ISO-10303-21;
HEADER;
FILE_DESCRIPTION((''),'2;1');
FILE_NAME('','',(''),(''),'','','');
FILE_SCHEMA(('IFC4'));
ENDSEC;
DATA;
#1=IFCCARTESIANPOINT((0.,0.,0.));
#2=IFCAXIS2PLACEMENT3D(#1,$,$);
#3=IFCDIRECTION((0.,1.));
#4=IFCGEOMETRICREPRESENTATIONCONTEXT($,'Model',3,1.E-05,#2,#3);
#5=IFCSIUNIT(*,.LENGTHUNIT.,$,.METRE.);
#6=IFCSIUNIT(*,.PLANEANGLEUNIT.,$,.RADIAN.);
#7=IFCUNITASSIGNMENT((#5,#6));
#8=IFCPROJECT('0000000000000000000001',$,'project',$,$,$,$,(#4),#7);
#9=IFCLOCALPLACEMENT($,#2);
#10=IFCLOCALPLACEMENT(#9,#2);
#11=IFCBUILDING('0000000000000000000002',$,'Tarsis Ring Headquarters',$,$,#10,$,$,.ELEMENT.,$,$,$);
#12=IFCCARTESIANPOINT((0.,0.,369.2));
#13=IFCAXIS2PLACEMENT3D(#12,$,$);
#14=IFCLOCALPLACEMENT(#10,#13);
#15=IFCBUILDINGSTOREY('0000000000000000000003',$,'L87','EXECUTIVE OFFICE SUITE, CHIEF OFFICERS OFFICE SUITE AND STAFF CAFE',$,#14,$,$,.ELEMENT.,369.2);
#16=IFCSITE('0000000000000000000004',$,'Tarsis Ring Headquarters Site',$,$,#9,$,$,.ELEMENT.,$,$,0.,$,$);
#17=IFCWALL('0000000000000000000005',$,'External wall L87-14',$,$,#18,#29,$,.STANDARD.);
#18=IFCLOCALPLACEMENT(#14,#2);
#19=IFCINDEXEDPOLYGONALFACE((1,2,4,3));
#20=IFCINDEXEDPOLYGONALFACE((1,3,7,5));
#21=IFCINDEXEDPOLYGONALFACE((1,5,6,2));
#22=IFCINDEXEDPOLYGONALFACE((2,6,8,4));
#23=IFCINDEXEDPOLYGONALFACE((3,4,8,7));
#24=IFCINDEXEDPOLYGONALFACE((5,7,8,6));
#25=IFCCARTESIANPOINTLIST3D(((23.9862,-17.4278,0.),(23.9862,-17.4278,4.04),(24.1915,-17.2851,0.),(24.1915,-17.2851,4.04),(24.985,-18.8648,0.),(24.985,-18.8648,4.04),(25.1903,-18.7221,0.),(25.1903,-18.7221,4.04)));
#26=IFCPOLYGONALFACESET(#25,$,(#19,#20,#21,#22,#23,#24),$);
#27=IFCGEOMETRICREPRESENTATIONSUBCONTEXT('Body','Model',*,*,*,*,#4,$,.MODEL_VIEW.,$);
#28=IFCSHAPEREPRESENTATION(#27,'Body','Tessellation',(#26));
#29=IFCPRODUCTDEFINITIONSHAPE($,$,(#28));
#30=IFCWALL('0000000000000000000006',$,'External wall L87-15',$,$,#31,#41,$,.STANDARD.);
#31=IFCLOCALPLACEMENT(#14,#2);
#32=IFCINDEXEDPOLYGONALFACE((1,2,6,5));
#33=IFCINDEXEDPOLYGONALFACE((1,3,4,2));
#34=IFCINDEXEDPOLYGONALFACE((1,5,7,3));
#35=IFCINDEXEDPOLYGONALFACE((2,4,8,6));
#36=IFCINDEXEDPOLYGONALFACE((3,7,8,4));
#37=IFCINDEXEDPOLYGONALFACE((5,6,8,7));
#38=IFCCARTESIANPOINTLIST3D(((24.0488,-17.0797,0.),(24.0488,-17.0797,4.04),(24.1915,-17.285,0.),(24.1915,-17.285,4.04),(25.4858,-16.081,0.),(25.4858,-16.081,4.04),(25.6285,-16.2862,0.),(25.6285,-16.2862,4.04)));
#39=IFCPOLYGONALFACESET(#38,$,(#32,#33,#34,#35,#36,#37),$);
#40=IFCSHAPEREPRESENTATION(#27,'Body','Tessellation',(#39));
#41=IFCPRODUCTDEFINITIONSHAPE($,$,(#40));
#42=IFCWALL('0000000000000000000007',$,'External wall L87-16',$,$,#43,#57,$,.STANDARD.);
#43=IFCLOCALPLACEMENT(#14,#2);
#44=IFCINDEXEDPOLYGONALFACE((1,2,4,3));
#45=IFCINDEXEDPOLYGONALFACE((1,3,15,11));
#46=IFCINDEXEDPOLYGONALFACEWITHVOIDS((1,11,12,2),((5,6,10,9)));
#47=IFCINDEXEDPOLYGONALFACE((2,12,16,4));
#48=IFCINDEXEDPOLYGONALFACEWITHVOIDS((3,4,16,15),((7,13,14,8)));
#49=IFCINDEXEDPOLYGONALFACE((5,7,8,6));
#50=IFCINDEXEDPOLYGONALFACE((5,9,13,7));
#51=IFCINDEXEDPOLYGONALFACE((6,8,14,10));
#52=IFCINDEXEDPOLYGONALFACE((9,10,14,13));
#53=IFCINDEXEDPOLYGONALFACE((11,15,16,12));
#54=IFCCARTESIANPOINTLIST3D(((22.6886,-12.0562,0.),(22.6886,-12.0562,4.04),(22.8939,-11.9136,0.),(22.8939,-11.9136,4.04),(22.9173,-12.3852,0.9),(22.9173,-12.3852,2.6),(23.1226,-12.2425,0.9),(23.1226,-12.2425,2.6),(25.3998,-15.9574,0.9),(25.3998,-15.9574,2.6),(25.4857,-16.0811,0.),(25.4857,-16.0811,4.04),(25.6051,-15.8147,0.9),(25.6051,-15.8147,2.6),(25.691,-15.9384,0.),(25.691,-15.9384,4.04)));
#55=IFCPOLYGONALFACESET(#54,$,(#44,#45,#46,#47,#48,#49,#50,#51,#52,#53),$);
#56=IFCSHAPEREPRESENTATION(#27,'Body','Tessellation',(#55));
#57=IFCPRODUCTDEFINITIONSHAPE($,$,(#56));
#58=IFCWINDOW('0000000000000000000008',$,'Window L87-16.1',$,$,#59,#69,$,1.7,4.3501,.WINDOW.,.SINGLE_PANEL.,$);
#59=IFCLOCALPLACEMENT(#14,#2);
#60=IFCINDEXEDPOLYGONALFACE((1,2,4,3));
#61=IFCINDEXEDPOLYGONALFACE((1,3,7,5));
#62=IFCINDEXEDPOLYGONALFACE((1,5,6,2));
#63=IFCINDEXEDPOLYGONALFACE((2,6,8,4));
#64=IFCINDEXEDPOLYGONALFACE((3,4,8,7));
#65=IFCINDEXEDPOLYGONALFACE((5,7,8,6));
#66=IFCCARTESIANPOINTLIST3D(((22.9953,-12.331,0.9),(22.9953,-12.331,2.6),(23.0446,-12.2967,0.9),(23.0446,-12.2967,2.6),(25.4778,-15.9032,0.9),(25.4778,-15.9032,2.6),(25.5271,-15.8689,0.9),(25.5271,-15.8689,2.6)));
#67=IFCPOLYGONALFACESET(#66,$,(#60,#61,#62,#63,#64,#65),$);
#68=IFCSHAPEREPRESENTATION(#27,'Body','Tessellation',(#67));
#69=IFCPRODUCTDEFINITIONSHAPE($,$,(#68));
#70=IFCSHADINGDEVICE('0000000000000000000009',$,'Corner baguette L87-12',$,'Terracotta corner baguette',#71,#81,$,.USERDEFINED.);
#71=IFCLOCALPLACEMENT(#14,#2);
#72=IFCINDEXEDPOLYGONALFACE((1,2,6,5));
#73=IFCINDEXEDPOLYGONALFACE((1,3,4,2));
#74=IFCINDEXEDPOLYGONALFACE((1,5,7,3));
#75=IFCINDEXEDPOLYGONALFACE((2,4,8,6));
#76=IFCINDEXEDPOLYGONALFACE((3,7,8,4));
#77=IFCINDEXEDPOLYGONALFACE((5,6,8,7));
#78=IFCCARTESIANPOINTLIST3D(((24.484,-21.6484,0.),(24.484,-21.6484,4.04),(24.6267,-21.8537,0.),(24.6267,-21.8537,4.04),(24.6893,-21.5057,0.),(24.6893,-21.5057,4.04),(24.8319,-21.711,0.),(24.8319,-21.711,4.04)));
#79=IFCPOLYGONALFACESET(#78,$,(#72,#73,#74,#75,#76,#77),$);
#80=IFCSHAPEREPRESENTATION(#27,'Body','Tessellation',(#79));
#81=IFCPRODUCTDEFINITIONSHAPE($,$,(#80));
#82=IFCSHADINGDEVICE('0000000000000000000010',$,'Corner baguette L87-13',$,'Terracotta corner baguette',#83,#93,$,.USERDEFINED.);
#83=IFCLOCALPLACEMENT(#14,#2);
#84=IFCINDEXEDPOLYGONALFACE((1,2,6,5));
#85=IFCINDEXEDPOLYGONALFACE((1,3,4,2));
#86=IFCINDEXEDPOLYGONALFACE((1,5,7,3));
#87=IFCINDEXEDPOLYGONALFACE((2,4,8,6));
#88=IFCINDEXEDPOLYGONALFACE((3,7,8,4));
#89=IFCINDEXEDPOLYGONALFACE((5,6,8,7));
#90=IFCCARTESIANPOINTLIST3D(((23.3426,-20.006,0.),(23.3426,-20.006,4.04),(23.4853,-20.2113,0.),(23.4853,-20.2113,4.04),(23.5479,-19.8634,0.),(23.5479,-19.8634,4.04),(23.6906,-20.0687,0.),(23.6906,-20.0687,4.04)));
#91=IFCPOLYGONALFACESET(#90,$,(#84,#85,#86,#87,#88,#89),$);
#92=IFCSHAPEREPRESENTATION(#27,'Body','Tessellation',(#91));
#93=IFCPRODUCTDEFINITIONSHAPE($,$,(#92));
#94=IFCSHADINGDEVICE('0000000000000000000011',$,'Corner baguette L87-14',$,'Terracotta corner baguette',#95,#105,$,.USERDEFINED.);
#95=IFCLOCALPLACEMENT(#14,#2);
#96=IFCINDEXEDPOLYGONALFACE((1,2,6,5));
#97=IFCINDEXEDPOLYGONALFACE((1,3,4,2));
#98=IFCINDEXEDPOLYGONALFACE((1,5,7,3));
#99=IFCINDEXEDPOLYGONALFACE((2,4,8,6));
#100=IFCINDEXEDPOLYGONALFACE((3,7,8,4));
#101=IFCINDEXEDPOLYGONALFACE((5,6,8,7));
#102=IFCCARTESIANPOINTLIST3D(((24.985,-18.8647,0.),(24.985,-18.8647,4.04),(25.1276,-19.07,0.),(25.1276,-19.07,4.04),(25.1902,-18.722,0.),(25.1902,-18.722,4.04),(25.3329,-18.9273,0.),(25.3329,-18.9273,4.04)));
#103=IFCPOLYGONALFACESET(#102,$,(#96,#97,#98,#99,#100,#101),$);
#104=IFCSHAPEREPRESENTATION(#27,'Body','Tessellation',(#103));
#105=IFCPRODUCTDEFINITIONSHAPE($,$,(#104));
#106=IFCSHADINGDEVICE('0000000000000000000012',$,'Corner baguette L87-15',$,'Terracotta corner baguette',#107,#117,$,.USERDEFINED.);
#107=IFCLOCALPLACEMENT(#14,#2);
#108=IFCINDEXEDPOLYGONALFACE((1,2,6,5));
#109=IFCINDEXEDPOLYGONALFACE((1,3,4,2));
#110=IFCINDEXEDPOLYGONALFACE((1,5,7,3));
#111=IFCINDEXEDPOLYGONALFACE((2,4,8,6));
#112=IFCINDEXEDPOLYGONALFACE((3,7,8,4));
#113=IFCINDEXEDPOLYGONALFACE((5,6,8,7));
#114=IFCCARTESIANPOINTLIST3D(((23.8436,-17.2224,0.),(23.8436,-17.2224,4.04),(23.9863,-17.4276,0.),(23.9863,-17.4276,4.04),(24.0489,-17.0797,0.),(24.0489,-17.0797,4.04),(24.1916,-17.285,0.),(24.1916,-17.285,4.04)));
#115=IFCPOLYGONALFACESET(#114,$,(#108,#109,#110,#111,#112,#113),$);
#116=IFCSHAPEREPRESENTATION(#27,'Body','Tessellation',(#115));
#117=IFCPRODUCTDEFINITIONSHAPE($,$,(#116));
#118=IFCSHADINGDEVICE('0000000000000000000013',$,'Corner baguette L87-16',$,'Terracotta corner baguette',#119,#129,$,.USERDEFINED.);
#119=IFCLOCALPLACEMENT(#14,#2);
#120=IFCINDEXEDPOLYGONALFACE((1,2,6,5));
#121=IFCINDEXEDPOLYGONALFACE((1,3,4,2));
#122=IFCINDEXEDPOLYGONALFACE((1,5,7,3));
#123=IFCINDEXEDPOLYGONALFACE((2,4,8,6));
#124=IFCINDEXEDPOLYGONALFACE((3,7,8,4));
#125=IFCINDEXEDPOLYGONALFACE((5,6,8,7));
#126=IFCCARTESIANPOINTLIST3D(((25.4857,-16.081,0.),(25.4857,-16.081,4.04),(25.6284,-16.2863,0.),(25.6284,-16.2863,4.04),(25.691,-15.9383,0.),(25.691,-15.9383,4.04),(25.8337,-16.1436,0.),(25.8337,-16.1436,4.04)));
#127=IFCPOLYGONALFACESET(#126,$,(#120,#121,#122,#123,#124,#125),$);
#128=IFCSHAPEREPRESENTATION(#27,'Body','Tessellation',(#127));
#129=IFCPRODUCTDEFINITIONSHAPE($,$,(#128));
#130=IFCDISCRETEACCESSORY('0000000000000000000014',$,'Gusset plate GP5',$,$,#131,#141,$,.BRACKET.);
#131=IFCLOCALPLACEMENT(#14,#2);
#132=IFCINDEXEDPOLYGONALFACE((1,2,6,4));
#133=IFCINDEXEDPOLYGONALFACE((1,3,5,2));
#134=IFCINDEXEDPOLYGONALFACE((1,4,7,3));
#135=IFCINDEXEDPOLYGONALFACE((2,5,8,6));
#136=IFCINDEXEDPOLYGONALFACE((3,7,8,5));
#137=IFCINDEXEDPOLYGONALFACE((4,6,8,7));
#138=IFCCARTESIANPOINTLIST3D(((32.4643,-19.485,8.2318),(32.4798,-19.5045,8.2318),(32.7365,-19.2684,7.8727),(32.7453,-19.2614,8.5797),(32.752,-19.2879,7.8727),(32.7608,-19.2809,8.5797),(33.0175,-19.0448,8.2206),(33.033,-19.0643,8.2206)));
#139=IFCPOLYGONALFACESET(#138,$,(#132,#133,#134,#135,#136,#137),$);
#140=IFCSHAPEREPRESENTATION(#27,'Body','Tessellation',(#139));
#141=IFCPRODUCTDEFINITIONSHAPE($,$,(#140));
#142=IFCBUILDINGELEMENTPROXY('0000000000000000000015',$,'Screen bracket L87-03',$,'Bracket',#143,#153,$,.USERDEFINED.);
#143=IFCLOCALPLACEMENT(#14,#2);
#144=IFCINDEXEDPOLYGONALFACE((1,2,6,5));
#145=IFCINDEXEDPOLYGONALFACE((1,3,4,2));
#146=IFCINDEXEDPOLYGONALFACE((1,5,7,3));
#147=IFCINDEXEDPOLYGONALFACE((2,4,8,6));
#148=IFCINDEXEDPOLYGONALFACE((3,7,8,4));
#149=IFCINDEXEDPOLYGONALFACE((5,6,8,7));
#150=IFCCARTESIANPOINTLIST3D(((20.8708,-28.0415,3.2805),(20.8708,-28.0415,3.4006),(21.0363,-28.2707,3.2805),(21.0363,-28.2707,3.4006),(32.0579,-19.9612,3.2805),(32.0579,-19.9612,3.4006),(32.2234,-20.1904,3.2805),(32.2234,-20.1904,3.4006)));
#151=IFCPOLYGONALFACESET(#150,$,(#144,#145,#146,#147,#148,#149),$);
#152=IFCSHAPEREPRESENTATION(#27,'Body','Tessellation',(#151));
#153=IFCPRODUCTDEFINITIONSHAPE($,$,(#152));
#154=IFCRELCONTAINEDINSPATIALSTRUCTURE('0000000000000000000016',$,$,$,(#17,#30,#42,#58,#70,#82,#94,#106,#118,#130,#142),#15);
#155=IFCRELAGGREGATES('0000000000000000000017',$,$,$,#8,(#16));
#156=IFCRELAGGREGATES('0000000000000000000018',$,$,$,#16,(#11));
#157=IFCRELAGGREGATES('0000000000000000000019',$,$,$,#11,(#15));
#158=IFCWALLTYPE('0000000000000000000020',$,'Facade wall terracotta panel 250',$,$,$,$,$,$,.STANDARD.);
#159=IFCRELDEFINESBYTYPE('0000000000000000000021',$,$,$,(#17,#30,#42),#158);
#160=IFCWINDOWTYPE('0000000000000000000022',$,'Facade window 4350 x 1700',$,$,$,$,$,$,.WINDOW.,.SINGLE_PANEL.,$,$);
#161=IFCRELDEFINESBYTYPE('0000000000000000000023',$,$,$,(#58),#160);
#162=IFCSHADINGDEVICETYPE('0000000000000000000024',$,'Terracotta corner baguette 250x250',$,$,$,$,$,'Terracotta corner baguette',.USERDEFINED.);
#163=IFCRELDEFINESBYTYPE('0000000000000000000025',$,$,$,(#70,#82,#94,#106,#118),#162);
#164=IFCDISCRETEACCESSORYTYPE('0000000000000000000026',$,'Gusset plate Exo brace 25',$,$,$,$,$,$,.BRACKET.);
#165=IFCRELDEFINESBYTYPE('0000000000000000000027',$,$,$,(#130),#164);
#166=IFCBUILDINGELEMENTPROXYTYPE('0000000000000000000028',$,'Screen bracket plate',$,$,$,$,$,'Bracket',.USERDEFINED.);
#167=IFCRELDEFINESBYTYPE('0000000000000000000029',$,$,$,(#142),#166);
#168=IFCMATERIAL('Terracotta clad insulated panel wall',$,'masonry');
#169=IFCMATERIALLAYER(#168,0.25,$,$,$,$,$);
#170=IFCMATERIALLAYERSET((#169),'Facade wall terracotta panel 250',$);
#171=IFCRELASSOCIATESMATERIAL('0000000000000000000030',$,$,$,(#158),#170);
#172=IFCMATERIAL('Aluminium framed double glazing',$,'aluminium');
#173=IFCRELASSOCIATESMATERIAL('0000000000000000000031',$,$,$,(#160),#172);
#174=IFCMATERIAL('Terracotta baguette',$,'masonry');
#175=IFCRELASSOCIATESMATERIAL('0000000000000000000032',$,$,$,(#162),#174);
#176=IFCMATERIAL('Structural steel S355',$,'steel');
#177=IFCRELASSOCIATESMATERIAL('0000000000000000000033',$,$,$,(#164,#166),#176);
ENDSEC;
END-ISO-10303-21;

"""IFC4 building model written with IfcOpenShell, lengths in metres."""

from ifc_helpers import new_model, si_unit, direction, frame, frame_2d, origin, origin_2d, place, context, subcontext, project, spatial, rectangle, extrude, material, layer, layer_set, material_profile, profile_set, type_object, element, fill, save


model = new_model("IFC4")

# Units and contexts
model_context = context("Model", 3, precision=1e-05, world=origin(), true_north=direction((0.0, 1.0)))
body_context = subcontext(model_context, "Body", "Model", "MODEL_VIEW")
ifc_project = project(units=[si_unit("LENGTHUNIT", "METRE"), si_unit("PLANEANGLEUNIT", "RADIAN")], contexts=[model_context])

# Site, building, storey
site_placement = place(None, origin())
site = spatial("IfcSite", under=ifc_project, at=site_placement, Name="Tarsis Ring Headquarters Site", CompositionType="ELEMENT", RefElevation=0.0)
building_placement = place(site_placement, origin())
building = spatial("IfcBuilding", under=site, at=building_placement, Name="Tarsis Ring Headquarters", CompositionType="ELEMENT")
storey_placement = place(building_placement, frame((0.0, 0.0, 369.2)))
storey = spatial("IfcBuildingStorey", under=building, at=storey_placement, Name="L87", Description="EXECUTIVE OFFICE SUITE, CHIEF OFFICERS OFFICE SUITE AND STAFF CAFE", CompositionType="ELEMENT", Elevation=369.2)

# Shared definitions
ifc_material_1 = material(Name="Structural steel S355", Category="steel")

# Walls
ifc_material_2 = material(Name="Terracotta clad insulated panel wall", Category="masonry")
ifc_layer_1 = layer(ifc_material_2, 0.25)
ifc_layer_set_1 = layer_set([ifc_layer_1], Name="Facade wall terracotta panel 250")
wall_type = type_object("IfcWallType", Name="Facade wall terracotta panel 250", PredefinedType="STANDARD", material=ifc_layer_set_1)
for number, where, z_axis, x_axis, name in (
    (1, (25.0876, -18.7935, 0.0), (0.0, 0.0, 1.0), (-0.570725, 0.821141, 0.0), "External wall L87-14"),
    (2, (24.1201, -17.1824, 0.0), (0.0, 0.0, 1.0), (0.821141, 0.570725, 0.0), "External wall L87-15"),
):
    element("IfcWall", number, at=place(storey_placement, frame(where, z_axis=z_axis, x_axis=x_axis)), inside=storey, type_object=wall_type, Name=name, PredefinedType="STANDARD", context=body_context, shape_type="SweptSolid", body=[
        extrude(rectangle(XDim=1.75, YDim=0.25, at=frame_2d((0.875, 0.0))), origin(), (0.0, 0.0, 1.0), 4.04),
    ])

# Wall, opening, window
wall_placement = place(storey_placement, frame((25.5884, -16.0098, 0.0), z_axis=(0.0, 0.0, 1.0), x_axis=(-0.570678, 0.821174, 0.0)))
wall = element("IfcWall", 3, at=wall_placement, inside=storey, type_object=wall_type, Name="External wall L87-16", PredefinedType="STANDARD", context=body_context, shape_type="SweptSolid", body=[
    extrude(rectangle(XDim=4.9014, YDim=0.25, at=frame_2d((2.4507, 0.0))), origin(), (0.0, 0.0, 1.0), 4.04),
])
opening_placement = place(wall_placement, frame((0.1506, 0.0, 0.8999)))
opening = element("IfcOpeningElement", 4, at=opening_placement, cuts=wall, PredefinedType="OPENING", context=body_context, shape_type="SweptSolid", body=[
    extrude(rectangle(XDim=4.3501, YDim=1.7, at=frame_2d((2.175, 0.8501))), frame((0.0, 0.135, 0.0), z_axis=(0.0, -1.0, 0.0), x_axis=(1.0, 0.0, 0.0)), (0.0, 0.0, 1.0), 0.27),
])
ifc_material_3 = material(Name="Aluminium framed double glazing", Category="aluminium")
window_type = type_object("IfcWindowType", Name="Facade window 4350 x 1700", PartitioningType="SINGLE_PANEL", PredefinedType="WINDOW", material=ifc_material_3)
window_placement = place(opening_placement, origin())
window = element("IfcWindow", 5, at=window_placement, inside=storey, type_object=window_type, Name="Window L87-16.1", OverallHeight=1.7, OverallWidth=4.3501, PartitioningType="SINGLE_PANEL", PredefinedType="WINDOW", context=body_context, shape_type="SweptSolid", body=[
    extrude(rectangle(XDim=4.3501, YDim=1.7, at=frame_2d((2.175, 0.8501))), frame((0.0, 0.03, 0.0), z_axis=(0.0, -1.0, 0.0), x_axis=(1.0, 0.0, 0.0)), (0.0, 0.0, 1.0), 0.0601),
])
fill(opening, window)

# Shading devices
ifc_material_4 = material(Name="Terracotta baguette", Category="masonry")
shading_device_type_1 = type_object("IfcShadingDeviceType", Name="Terracotta corner baguette 250x250", ElementType="Terracotta corner baguette", PredefinedType="USERDEFINED", material=ifc_material_4)
for number, where, z_axis, x_axis, name in (
    (6, (24.658, -21.6797, 0.0), (0.0, 0.0, 1.0), (0.821149, 0.570714, 0.0), "Corner baguette L87-12"),
    (7, (23.5166, -20.0374, 0.0), (0.0, 0.0, 1.0), (-0.570714, 0.821149, 0.0), "Corner baguette L87-13"),
    (8, (25.1589, -18.896, 0.0), (0.0, 0.0, 1.0), (0.82115, 0.570713, 0.0), "Corner baguette L87-14"),
    (9, (24.0176, -17.2537, 0.0), (0.0, 0.0, 1.0), (-0.570713, 0.821149, 0.0), "Corner baguette L87-15"),
    (10, (25.6597, -16.1123, 0.0), (0.0, 0.0, 1.0), (0.821149, 0.570713, 0.0), "Corner baguette L87-16"),
):
    element("IfcShadingDevice", number, at=place(storey_placement, frame(where, z_axis=z_axis, x_axis=x_axis)), inside=storey, type_object=shading_device_type_1, Name=name, ObjectType="Terracotta corner baguette", PredefinedType="USERDEFINED", context=body_context, shape_type="SweptSolid", body=[
        extrude(rectangle(XDim=0.25, YDim=0.25, at=origin_2d()), origin(), (0.0, 0.0, 1.0), 4.04),
    ])

# Discrete accessory
ifc_material_profile_1 = material_profile(ifc_material_1, rectangle(XDim=0.0249, YDim=0.5, at=origin_2d()), Name="PL 25x500")
ifc_profile_set_1 = profile_set([ifc_material_profile_1], Name="Structural steel S355")
discrete_accessory_type = type_object("IfcDiscreteAccessoryType", Name="Gusset plate Exo brace 25", PredefinedType="BRACKET", material=ifc_profile_set_1)
discrete_accessory_placement = place(storey_placement, frame((32.8892, -19.1628, 8.4001), z_axis=(-0.562, -0.447256, -0.695786), x_axis=(0.622703, -0.782458, 0.0)))
element("IfcDiscreteAccessory", 11, at=discrete_accessory_placement, inside=storey, type_object=discrete_accessory_type, Name="Gusset plate GP5", PredefinedType="BRACKET", context=body_context, shape_type="SweptSolid", body=[
    extrude(rectangle(XDim=0.0249, YDim=0.5, at=origin_2d()), origin(), (0.0, 0.0, 1.0), 0.5),
])

# Building element proxy
building_element_proxy_type = type_object("IfcBuildingElementProxyType", Name="Screen bracket plate", ElementType="Bracket", PredefinedType="USERDEFINED", material=ifc_material_1)
proxy_placement = place(storey_placement, frame((26.5471, -24.116, 3.2805), z_axis=(0.0, 0.0, 1.0), x_axis=(0.810655, 0.585524, 0.0)))
element("IfcBuildingElementProxy", 12, at=proxy_placement, inside=storey, type_object=building_element_proxy_type, Name="Screen bracket L87-03", ObjectType="Bracket", PredefinedType="USERDEFINED", context=body_context, shape_type="SweptSolid", body=[
    extrude(rectangle(XDim=13.8, YDim=0.2827, at=origin_2d()), origin(), (0.0, 0.0, 1.0), 0.1201),
])

save(model, "model.ifc")
